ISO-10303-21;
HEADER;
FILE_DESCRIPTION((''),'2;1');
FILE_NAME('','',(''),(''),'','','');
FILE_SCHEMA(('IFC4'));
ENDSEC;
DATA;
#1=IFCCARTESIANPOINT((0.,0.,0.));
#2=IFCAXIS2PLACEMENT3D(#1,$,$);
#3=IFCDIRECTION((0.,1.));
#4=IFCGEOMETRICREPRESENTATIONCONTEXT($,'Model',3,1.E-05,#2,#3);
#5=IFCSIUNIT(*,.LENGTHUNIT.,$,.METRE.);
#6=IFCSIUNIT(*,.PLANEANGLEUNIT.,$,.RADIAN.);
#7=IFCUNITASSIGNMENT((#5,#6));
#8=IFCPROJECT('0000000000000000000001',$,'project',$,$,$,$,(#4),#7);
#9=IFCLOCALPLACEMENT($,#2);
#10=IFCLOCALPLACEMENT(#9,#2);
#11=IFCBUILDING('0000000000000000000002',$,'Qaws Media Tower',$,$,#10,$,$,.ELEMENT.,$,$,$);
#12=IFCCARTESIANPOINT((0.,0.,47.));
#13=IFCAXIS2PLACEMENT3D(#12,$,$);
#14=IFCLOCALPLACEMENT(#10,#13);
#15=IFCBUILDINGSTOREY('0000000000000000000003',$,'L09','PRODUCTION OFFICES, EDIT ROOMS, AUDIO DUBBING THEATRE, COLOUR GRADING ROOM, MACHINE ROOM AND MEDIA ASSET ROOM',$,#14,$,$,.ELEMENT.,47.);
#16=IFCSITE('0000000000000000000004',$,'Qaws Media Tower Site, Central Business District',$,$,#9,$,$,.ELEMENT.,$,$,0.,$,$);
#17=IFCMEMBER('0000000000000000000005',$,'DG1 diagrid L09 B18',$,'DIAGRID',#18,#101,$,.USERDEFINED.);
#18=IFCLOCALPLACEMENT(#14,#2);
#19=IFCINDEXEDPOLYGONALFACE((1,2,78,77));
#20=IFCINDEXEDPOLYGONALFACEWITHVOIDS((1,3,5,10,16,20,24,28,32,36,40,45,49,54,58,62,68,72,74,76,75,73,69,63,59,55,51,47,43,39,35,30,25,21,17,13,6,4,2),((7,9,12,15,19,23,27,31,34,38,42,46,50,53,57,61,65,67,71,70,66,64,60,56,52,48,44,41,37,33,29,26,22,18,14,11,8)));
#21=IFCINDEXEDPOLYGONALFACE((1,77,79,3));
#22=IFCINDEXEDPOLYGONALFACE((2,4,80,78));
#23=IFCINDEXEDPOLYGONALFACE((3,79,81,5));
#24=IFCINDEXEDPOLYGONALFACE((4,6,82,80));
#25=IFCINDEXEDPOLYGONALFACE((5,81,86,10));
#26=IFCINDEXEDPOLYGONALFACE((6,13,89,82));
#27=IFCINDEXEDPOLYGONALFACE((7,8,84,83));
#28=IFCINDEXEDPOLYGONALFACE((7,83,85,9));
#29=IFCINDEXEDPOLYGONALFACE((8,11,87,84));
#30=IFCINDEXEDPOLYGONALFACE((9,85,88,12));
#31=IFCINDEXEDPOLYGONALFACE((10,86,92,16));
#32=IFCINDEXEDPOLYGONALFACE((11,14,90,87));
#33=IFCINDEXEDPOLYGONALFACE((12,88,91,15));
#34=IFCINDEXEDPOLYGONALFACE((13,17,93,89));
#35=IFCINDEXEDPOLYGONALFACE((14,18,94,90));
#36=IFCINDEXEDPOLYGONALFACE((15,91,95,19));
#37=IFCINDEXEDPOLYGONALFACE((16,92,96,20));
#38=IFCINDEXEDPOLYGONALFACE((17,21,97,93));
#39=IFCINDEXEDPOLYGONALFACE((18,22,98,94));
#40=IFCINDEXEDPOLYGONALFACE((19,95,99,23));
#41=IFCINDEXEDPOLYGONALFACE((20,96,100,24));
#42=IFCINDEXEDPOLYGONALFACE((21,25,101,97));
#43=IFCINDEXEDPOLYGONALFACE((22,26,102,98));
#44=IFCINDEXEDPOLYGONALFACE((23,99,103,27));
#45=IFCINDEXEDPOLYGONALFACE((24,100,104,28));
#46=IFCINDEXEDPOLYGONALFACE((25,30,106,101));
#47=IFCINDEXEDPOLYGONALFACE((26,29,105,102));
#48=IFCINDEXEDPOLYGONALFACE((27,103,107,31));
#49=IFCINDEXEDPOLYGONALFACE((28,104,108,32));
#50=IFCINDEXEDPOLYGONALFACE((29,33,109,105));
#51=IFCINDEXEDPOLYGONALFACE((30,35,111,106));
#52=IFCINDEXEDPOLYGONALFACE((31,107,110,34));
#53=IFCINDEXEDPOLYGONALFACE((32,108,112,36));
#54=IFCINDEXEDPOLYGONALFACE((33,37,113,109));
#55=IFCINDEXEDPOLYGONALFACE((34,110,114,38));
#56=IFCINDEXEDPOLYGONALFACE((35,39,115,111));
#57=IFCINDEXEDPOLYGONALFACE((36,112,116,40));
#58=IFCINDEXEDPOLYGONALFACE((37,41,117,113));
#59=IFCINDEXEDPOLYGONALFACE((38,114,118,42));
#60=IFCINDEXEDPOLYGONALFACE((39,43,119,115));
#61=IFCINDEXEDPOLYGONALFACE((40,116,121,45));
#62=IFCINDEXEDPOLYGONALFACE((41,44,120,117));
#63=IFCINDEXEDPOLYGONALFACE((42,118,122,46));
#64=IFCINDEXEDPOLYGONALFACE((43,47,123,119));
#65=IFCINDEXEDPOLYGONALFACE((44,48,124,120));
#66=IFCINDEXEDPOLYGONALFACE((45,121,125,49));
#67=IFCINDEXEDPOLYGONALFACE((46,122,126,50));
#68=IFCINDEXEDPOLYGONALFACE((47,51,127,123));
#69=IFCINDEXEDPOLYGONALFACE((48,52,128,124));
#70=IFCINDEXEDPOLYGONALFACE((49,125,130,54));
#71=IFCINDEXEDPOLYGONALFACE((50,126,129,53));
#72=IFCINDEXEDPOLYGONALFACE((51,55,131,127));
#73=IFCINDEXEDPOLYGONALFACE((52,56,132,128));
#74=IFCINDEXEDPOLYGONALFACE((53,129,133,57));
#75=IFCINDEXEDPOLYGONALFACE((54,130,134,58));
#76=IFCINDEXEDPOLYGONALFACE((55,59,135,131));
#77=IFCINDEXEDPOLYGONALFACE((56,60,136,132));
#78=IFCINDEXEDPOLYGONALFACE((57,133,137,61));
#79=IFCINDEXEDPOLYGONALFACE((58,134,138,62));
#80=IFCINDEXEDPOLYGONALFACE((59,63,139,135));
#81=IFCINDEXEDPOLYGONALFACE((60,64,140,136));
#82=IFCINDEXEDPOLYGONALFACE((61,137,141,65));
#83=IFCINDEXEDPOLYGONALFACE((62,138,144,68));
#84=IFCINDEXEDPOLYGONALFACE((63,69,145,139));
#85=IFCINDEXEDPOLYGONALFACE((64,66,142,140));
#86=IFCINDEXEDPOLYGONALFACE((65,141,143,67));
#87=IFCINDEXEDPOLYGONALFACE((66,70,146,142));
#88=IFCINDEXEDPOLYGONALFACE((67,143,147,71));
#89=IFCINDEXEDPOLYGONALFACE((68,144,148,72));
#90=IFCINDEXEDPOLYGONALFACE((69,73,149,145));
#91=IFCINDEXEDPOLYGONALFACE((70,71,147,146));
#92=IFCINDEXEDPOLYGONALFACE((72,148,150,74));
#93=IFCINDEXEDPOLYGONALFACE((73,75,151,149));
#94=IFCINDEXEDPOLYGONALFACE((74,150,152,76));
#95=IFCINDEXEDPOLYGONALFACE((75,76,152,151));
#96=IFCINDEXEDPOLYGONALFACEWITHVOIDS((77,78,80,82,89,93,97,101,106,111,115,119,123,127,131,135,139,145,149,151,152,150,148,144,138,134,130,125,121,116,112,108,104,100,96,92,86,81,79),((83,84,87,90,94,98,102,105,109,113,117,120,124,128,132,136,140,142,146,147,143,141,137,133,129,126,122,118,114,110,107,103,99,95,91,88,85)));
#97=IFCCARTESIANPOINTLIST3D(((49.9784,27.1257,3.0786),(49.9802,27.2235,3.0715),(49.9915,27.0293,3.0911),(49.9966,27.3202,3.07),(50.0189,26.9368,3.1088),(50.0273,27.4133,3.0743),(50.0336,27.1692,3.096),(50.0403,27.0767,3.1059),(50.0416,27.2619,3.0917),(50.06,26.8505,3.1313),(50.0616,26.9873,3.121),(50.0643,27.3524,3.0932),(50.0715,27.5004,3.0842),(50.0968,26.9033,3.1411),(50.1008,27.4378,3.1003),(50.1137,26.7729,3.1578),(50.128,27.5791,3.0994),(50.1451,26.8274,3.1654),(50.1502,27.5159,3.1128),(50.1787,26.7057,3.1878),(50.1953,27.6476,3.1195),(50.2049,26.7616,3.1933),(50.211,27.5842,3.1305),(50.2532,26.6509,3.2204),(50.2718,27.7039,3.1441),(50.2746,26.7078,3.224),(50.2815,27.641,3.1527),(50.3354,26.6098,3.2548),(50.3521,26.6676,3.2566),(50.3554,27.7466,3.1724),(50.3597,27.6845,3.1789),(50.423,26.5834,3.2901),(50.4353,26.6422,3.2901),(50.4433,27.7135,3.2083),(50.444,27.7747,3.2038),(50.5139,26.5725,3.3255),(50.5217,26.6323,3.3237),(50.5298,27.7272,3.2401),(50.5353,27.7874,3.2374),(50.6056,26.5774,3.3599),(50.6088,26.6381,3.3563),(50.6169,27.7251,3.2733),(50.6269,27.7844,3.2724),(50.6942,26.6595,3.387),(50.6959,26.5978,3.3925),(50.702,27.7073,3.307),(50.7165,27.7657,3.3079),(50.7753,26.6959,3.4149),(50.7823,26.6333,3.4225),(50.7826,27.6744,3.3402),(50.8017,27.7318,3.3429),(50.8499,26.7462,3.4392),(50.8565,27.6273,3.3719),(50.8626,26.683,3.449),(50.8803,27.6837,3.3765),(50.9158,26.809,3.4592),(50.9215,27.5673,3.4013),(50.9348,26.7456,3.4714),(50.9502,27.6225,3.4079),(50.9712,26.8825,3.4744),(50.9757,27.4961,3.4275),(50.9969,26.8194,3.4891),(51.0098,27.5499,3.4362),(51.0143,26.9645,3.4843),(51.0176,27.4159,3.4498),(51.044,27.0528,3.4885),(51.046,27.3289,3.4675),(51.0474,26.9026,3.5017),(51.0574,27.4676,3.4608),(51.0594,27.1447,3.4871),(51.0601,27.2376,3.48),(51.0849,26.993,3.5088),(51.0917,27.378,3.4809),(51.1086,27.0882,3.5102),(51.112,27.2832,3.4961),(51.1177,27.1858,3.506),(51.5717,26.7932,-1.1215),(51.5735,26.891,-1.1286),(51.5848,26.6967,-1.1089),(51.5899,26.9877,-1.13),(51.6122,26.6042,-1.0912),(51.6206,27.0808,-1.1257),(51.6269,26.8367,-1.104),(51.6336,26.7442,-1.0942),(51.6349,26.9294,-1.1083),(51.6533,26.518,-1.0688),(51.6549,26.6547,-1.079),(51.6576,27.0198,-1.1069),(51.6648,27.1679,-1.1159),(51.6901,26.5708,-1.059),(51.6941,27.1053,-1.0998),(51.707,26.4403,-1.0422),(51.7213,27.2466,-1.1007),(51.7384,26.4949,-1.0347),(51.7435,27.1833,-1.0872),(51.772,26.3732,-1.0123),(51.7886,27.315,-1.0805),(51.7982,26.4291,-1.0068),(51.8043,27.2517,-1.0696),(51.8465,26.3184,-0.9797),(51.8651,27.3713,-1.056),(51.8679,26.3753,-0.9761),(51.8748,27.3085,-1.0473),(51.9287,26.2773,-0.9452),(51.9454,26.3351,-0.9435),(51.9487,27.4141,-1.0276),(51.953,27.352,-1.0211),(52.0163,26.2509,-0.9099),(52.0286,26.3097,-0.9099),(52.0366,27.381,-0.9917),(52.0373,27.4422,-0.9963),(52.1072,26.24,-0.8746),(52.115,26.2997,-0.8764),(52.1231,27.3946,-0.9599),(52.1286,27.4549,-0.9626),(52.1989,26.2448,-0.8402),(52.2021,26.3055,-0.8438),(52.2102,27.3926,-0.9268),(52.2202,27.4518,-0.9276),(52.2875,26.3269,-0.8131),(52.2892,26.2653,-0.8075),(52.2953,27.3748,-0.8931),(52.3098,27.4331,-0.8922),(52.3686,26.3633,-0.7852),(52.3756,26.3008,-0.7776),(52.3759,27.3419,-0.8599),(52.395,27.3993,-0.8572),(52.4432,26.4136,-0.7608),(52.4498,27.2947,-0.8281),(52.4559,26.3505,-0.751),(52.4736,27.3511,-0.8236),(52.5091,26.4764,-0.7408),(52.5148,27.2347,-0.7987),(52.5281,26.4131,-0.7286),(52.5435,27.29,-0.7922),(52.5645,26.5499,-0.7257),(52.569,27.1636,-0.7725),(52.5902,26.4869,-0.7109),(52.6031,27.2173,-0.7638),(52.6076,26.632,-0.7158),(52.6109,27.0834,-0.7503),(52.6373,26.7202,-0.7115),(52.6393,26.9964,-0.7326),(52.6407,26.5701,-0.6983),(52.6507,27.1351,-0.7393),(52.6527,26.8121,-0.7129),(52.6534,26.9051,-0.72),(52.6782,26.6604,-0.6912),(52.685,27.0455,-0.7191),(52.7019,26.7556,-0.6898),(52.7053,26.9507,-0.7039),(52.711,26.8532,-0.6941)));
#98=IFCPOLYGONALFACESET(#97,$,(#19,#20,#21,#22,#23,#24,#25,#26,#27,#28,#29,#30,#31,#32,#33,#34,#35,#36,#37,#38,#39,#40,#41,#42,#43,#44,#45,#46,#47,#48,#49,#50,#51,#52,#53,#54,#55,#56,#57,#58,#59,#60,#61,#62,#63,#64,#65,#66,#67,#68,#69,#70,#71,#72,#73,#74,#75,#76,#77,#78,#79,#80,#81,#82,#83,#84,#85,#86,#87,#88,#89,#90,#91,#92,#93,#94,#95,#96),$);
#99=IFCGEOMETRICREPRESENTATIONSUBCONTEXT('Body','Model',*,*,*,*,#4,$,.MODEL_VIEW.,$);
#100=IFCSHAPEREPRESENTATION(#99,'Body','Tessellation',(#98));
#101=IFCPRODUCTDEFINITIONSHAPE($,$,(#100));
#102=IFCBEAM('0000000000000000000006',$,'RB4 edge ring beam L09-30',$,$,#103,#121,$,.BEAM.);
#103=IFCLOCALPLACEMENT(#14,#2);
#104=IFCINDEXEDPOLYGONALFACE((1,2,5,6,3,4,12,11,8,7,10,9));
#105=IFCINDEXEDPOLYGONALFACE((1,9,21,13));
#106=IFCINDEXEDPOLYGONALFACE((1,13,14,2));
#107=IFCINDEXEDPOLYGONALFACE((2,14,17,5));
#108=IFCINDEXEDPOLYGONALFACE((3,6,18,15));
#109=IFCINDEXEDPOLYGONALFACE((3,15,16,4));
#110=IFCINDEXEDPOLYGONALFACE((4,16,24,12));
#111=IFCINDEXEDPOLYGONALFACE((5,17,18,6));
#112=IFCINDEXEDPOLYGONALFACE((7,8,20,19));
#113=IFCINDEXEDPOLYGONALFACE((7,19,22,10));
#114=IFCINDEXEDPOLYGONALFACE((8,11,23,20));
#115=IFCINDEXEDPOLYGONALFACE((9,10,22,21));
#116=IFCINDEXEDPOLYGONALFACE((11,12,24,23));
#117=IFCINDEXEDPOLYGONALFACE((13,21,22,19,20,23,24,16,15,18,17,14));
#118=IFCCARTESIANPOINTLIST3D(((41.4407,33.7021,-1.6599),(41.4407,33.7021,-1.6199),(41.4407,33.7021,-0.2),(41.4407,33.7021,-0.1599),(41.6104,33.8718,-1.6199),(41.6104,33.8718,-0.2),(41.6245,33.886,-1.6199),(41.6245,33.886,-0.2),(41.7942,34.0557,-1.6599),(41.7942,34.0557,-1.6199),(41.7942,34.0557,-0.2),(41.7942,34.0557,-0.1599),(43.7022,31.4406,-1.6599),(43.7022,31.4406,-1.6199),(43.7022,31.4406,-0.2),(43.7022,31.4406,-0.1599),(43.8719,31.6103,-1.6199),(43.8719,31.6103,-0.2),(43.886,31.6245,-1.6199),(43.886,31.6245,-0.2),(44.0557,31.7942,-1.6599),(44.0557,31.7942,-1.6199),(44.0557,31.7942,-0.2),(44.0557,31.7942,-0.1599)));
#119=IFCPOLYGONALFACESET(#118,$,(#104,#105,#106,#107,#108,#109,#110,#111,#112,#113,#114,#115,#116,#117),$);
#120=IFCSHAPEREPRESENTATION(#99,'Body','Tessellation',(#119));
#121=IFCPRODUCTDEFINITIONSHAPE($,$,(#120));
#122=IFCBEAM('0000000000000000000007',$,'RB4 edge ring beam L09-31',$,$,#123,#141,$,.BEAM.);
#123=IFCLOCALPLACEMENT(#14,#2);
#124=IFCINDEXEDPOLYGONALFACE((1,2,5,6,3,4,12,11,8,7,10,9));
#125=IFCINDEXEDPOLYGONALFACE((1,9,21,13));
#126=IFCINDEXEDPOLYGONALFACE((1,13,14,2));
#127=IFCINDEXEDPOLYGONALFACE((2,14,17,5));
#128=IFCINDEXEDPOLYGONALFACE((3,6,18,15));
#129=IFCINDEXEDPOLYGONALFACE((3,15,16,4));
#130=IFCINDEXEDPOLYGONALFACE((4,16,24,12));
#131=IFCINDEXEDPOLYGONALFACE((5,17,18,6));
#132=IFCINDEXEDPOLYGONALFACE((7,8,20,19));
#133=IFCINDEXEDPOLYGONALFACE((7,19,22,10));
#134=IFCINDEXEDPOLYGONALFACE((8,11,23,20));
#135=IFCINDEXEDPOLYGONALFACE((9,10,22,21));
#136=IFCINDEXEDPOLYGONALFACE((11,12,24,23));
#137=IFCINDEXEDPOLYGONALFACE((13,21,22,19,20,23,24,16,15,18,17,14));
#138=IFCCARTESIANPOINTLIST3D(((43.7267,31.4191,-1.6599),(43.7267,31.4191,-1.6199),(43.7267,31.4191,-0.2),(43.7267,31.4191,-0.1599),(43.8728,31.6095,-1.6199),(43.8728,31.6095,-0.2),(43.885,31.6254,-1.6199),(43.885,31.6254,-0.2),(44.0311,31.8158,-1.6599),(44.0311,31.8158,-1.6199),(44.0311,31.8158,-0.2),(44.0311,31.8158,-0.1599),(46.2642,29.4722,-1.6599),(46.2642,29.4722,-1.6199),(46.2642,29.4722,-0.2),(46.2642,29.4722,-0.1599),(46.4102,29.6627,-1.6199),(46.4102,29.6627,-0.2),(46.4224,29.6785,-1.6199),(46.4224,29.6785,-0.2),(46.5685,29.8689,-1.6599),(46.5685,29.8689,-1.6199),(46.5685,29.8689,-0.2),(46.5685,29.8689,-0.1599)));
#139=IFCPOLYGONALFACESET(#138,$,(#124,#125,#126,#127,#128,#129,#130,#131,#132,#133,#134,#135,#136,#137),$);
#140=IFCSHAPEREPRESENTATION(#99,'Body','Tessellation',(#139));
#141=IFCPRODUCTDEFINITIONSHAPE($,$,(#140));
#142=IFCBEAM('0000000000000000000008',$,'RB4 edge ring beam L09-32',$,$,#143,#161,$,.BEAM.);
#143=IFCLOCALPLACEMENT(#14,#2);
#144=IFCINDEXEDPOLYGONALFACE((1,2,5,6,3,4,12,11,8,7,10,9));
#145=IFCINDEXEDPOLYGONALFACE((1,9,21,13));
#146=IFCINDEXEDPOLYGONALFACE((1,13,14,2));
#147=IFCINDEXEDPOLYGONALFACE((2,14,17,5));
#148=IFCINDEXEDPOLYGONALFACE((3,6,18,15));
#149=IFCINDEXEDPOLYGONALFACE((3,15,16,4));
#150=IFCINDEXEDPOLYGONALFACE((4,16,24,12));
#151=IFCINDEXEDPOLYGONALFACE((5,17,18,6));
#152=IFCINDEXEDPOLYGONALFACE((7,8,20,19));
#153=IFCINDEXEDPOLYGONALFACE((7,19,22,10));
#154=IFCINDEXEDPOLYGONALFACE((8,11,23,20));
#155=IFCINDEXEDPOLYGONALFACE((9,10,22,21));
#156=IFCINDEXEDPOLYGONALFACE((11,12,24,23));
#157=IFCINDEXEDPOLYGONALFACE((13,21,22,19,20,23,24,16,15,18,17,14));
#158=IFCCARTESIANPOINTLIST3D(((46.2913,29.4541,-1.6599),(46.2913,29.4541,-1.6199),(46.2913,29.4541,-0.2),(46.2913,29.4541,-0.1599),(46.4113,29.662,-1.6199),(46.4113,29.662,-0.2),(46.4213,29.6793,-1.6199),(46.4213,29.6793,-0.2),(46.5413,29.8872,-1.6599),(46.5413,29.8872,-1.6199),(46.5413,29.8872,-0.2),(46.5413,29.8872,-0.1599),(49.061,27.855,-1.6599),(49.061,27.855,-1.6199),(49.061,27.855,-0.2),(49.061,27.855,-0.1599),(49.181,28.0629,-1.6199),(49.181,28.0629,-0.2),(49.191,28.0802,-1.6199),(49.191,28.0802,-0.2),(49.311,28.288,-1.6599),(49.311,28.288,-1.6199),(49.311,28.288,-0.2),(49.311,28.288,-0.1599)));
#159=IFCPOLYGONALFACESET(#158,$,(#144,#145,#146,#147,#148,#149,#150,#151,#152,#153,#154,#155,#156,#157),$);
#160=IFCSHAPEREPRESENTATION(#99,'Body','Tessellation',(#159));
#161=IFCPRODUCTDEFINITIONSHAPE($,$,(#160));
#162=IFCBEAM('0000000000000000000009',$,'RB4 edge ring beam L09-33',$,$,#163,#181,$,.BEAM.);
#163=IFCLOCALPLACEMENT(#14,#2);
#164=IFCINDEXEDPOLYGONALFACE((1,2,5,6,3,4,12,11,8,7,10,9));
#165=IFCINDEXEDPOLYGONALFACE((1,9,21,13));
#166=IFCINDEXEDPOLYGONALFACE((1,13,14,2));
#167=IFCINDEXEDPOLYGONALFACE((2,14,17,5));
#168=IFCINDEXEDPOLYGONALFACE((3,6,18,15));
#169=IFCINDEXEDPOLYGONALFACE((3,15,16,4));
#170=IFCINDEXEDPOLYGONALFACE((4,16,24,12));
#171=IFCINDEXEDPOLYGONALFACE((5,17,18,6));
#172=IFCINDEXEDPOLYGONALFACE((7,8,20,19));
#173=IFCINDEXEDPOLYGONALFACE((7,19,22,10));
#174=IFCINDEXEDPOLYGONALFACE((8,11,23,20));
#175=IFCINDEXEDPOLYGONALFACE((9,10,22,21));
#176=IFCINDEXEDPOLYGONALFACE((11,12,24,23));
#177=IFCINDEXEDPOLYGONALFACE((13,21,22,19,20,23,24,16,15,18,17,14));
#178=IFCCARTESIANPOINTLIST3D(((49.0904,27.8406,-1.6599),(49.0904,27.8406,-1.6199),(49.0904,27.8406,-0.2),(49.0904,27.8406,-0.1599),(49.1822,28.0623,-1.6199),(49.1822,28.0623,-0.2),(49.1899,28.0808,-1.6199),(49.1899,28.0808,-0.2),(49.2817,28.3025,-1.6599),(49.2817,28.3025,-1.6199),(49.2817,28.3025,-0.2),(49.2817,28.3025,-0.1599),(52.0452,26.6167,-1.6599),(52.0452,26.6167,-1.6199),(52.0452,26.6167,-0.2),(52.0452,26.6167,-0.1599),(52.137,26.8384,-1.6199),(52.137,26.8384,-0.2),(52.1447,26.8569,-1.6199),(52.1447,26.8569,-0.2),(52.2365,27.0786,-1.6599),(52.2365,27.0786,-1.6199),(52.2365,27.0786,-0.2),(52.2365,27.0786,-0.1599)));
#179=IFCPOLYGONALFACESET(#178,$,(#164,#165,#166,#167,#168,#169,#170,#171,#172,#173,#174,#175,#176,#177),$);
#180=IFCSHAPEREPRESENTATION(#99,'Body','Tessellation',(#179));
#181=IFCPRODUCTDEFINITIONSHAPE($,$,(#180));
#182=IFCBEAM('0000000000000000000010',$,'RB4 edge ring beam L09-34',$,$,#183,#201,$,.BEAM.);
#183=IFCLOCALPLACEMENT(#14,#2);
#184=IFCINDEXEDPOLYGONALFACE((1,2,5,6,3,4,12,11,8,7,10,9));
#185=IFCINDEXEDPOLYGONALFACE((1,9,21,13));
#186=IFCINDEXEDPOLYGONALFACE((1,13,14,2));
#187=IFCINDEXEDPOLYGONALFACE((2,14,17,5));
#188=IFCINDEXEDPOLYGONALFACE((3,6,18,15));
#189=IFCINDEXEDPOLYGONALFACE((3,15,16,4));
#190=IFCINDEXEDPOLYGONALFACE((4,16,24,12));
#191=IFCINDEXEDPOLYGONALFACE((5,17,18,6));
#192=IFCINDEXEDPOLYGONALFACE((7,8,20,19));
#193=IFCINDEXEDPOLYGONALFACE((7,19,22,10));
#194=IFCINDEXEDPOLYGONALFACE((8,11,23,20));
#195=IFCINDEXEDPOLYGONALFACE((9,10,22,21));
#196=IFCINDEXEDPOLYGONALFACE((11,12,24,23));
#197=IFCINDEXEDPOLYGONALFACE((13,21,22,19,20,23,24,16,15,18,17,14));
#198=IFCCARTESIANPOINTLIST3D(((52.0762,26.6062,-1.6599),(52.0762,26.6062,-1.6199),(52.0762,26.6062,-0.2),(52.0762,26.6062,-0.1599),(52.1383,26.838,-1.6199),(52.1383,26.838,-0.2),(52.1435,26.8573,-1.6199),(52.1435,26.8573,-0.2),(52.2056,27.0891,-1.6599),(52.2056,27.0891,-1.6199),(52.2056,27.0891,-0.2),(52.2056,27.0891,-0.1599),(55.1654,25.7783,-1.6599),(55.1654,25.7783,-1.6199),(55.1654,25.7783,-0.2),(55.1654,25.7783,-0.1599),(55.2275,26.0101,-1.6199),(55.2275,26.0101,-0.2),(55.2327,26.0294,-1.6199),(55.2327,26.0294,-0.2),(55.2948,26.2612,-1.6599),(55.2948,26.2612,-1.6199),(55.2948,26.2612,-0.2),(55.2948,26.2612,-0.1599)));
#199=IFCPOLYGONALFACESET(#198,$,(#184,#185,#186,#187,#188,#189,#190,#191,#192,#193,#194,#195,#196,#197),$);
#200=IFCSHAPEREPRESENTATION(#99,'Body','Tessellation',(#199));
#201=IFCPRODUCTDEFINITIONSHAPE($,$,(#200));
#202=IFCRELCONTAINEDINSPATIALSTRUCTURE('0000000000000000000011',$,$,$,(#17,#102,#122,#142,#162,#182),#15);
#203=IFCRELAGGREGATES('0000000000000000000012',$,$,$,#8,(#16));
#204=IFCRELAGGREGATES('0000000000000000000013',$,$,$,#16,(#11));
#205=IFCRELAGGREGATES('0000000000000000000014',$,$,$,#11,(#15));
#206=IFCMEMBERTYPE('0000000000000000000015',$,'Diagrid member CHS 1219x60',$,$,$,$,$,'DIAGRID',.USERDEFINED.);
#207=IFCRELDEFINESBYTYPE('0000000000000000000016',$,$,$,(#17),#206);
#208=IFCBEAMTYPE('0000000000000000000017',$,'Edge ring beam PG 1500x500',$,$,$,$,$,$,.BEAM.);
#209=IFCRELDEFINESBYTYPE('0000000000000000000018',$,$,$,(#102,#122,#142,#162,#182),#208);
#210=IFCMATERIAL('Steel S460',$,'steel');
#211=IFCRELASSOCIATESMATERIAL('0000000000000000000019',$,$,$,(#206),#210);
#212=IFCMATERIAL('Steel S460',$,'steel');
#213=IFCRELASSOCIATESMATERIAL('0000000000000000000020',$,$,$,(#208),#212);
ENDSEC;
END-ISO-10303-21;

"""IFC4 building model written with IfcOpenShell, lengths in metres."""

from ifc_helpers import new_model, si_unit, direction, frame, origin, origin_2d, place, context, subcontext, project, spatial, hollow_circle, i_section, extrude, material, material_profile, profile_set, type_object, element, save


model = new_model("IFC4")

# Units and contexts
model_context = context("Model", 3, precision=1e-05, world=origin(), true_north=direction((0.0, 1.0)))
body_context = subcontext(model_context, "Body", "Model", "MODEL_VIEW")
ifc_project = project(units=[si_unit("LENGTHUNIT", "METRE"), si_unit("PLANEANGLEUNIT", "RADIAN")], contexts=[model_context])

# Site, building, storey
site_placement = place(None, origin())
site = spatial("IfcSite", under=ifc_project, at=site_placement, Name="Qaws Media Tower Site, Central Business District", CompositionType="ELEMENT", RefElevation=0.0)
building_placement = place(site_placement, origin())
building = spatial("IfcBuilding", under=site, at=building_placement, Name="Qaws Media Tower", CompositionType="ELEMENT")
storey_placement = place(building_placement, frame((0.0, 0.0, 47.0)))
storey = spatial("IfcBuildingStorey", under=building, at=storey_placement, Name="L09", Description="PRODUCTION OFFICES, EDIT ROOMS, AUDIO DUBBING THEATRE, COLOUR GRADING ROOM, MACHINE ROOM AND MEDIA ASSET ROOM", CompositionType="ELEMENT", Elevation=47.0)

# Member
ifc_material_1 = material(Name="Steel S460", Category="steel")
ifc_material_profile_1 = material_profile(ifc_material_1, hollow_circle(Radius=0.6096, WallThickness=0.0601, at=origin_2d()), Name="CHS 1219x60")
ifc_profile_set_1 = profile_set([ifc_material_profile_1], Name="Steel S460")
member_type_1 = type_object("IfcMemberType", Name="Diagrid member CHS 1219x60", ElementType="DIAGRID", PredefinedType="USERDEFINED", material=ifc_profile_set_1)
for number, where, z_axis, x_axis, name in (
    (1, (52.1409, 26.8477, -0.9099), (-0.353721, 0.073823, 0.932433), (-0.204302, -0.978908, 0.0), "DG1 diagrid L09 B18"),
):
    element("IfcMember", number, at=place(storey_placement, frame(where, z_axis=z_axis, x_axis=x_axis)), inside=storey, type_object=member_type_1, Name=name, ObjectType="DIAGRID", PredefinedType="USERDEFINED", context=body_context, shape_type="SweptSolid", body=[
        extrude(hollow_circle(Radius=0.6096, WallThickness=0.0601, at=origin_2d()), origin(), (0.0, 0.0, 1.0), 4.5044),
    ])

# Beams
ifc_material_2 = material(Name="Steel S460", Category="steel")
ifc_material_profile_2 = material_profile(ifc_material_2, i_section(OverallWidth=0.5, OverallDepth=1.5, WebThickness=0.02, FlangeThickness=0.04, at=origin_2d()), Name="PG 1500x500")
ifc_profile_set_2 = profile_set([ifc_material_profile_2], Name="Steel S460")
beam_type = type_object("IfcBeamType", Name="Edge ring beam PG 1500x500", PredefinedType="BEAM", material=ifc_profile_set_2)
for number, where, z_axis, x_axis, name in (
    (2, (41.6174, 33.8789, -0.9099), (0.707107, -0.707107, 0.0), (0.707107, 0.707107, 0.0), "RB4 edge ring beam L09-30"),
    (3, (43.8789, 31.6174, -0.9099), (0.793384, -0.608722, 0.0), (0.608722, 0.793384, 0.0), "RB4 edge ring beam L09-31"),
    (4, (46.4163, 29.6707, -0.9099), (0.866027, -0.499998, 0.0), (0.499998, 0.866027, 0.0), "RB4 edge ring beam L09-32"),
    (5, (49.186, 28.0715, -0.9099), (0.923886, -0.382669, 0.0), (0.382669, 0.923886, 0.0), "RB4 edge ring beam L09-33"),
    (6, (52.1409, 26.8477, -0.9099), (0.965914, -0.258865, 0.0), (0.258865, 0.965914, 0.0), "RB4 edge ring beam L09-34"),
):
    element("IfcBeam", number, at=place(storey_placement, frame(where, z_axis=z_axis, x_axis=x_axis)), inside=storey, type_object=beam_type, Name=name, PredefinedType="BEAM", context=body_context, shape_type="SweptSolid", body=[
        extrude(i_section(OverallWidth=0.5, OverallDepth=1.5, WebThickness=0.02, FlangeThickness=0.04, at=origin_2d()), origin(), (0.0, 0.0, 1.0), 3.1982),
    ])

save(model, "model.ifc")
